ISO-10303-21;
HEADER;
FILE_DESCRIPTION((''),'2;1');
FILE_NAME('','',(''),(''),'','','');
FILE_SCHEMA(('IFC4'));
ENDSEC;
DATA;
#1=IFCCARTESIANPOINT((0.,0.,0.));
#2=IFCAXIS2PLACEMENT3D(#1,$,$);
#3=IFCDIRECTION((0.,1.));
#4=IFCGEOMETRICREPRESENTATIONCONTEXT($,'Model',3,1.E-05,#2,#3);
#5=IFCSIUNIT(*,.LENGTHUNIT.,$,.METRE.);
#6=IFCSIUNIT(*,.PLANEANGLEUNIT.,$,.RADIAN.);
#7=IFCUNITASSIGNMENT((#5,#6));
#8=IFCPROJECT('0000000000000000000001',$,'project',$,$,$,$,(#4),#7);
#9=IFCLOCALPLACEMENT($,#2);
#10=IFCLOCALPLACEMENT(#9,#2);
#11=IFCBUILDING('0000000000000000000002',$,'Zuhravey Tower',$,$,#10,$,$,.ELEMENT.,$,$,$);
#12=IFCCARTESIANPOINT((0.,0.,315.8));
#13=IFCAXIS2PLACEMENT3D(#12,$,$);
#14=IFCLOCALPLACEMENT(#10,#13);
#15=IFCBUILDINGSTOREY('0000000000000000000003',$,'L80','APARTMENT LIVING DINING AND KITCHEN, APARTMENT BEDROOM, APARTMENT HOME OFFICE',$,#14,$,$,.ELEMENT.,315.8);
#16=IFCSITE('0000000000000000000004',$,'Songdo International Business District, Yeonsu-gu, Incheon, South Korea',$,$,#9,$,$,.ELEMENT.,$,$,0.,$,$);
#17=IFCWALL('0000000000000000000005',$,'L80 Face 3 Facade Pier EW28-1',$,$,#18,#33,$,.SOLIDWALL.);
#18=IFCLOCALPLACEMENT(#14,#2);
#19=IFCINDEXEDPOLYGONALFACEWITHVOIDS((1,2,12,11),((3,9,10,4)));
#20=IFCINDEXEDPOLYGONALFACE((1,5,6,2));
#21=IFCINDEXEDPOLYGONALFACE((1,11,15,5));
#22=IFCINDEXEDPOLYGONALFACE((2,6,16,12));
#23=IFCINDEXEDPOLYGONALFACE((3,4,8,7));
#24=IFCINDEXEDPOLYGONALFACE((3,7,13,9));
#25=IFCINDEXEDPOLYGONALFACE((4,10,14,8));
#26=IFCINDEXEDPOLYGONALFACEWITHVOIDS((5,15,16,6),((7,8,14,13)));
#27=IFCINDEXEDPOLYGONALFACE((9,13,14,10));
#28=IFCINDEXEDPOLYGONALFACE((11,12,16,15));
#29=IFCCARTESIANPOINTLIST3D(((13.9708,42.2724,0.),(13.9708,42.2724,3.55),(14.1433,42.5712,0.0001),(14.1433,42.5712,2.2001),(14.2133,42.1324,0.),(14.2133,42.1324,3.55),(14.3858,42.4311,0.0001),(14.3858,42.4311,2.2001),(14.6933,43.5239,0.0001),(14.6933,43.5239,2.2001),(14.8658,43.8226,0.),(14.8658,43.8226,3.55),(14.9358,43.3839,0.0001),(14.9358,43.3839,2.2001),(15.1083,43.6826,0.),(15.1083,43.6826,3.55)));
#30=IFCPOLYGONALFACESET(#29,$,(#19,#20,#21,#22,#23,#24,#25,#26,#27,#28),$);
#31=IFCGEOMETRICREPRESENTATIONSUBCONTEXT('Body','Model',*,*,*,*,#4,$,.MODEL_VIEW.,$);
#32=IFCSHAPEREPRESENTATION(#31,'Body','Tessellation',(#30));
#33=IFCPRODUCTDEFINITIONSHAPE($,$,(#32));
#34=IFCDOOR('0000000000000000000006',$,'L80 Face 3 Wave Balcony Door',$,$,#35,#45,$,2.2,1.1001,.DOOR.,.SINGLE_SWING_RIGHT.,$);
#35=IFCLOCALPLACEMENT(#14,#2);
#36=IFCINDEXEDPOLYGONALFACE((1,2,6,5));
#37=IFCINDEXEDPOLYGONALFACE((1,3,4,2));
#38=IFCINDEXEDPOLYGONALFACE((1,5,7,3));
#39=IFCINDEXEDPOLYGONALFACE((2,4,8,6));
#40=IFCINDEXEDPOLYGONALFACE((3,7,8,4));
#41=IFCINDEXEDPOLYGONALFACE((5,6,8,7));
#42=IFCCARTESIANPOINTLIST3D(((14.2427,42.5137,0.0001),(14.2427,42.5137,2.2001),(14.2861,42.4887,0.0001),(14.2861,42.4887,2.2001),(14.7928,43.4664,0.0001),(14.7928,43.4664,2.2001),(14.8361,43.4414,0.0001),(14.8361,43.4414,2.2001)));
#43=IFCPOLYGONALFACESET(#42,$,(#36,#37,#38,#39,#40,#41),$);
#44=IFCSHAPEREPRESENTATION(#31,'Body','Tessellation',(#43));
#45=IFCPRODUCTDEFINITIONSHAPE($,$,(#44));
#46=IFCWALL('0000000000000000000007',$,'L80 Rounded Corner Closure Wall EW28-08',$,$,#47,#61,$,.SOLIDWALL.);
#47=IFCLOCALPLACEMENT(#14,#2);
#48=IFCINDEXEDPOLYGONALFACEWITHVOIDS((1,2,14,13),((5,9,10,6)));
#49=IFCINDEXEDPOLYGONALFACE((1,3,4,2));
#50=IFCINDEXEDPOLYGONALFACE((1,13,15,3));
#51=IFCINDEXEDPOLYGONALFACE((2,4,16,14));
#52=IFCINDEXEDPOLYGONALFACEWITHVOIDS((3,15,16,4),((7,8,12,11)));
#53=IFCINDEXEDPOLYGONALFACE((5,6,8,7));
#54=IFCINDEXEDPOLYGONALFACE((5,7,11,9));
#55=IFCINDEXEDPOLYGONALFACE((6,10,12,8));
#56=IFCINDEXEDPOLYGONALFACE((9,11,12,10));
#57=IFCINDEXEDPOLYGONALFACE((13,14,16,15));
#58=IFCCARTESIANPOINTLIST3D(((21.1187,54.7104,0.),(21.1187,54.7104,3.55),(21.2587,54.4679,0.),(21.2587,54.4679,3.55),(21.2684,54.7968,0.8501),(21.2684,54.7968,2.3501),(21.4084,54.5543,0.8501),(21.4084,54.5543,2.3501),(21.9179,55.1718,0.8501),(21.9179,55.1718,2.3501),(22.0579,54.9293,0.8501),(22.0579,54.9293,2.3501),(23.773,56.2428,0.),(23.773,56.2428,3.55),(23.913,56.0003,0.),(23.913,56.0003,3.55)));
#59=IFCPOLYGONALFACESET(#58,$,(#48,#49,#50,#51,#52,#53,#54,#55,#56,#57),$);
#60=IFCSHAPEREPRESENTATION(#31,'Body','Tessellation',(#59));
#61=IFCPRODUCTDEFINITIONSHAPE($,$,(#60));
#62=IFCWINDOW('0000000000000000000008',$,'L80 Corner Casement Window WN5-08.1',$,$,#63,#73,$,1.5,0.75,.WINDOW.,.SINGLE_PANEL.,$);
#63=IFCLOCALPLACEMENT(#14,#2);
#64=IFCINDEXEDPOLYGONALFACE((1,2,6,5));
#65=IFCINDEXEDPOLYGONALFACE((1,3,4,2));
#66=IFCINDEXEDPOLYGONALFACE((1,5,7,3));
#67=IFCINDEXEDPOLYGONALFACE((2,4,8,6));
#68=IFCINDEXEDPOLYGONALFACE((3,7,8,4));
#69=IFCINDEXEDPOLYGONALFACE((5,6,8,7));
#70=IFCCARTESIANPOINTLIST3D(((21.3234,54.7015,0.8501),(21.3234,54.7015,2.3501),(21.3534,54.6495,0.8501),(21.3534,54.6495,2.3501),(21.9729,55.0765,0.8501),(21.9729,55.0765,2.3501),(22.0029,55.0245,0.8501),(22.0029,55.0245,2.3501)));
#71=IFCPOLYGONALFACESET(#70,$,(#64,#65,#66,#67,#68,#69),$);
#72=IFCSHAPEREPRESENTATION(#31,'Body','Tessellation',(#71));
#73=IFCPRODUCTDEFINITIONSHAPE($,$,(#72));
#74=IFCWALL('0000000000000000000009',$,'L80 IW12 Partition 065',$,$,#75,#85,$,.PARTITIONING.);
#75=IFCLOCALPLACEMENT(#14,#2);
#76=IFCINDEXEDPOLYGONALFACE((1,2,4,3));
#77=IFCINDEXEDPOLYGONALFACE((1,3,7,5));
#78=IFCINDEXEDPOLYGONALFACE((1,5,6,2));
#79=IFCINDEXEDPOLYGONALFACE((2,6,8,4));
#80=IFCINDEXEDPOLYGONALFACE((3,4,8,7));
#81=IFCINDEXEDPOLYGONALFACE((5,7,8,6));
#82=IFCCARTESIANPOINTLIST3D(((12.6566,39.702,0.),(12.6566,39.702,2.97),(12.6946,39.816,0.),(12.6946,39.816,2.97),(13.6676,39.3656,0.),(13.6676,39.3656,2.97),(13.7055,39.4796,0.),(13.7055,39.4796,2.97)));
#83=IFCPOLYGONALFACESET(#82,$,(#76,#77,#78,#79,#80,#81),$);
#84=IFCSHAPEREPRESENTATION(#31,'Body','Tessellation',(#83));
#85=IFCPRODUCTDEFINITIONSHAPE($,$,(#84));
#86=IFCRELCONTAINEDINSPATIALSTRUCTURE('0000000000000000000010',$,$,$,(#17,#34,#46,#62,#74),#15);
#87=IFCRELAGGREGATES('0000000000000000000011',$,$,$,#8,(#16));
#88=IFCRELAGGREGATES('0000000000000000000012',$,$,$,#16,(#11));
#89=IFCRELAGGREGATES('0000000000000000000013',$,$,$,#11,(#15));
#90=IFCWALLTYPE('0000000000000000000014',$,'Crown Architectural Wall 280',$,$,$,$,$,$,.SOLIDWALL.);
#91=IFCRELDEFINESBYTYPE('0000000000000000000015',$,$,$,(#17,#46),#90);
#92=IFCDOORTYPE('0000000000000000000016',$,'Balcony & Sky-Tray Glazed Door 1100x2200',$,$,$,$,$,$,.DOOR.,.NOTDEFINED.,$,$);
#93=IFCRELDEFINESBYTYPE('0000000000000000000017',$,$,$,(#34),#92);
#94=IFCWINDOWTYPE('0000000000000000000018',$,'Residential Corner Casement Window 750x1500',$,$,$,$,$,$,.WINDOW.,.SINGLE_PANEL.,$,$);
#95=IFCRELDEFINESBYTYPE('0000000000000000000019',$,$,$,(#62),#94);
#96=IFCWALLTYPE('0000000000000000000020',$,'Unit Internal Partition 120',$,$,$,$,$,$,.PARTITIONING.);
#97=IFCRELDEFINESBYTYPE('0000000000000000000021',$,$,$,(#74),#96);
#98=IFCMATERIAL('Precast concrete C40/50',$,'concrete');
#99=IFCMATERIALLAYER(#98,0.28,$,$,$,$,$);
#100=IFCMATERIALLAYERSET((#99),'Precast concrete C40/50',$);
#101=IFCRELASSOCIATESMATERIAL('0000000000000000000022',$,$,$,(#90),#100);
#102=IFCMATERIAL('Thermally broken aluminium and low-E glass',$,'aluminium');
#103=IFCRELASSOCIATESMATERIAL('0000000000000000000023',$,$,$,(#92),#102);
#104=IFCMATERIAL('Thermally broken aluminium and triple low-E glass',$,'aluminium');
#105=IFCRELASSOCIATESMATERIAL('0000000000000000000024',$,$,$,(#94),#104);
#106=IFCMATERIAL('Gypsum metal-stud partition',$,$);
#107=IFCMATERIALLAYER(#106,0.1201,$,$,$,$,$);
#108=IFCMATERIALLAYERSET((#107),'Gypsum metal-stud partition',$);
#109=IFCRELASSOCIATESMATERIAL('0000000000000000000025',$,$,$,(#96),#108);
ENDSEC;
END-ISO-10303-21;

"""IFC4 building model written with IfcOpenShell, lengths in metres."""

from ifc_helpers import new_model, si_unit, direction, frame, frame_2d, origin, place, context, subcontext, project, spatial, rectangle, extrude, material, layer, layer_set, type_object, element, fill, save


model = new_model("IFC4")

# Units and contexts
model_context = context("Model", 3, precision=1e-05, world=origin(), true_north=direction((0.0, 1.0)))
body_context = subcontext(model_context, "Body", "Model", "MODEL_VIEW")
ifc_project = project(units=[si_unit("LENGTHUNIT", "METRE"), si_unit("PLANEANGLEUNIT", "RADIAN")], contexts=[model_context])

# Site, building, storey
site_placement = place(None, origin())
site = spatial("IfcSite", under=ifc_project, at=site_placement, Name="Songdo International Business District, Yeonsu-gu, Incheon, South Korea", CompositionType="ELEMENT", RefElevation=0.0)
building_placement = place(site_placement, origin())
building = spatial("IfcBuilding", under=site, at=building_placement, Name="Zuhravey Tower", CompositionType="ELEMENT")
storey_placement = place(building_placement, frame((0.0, 0.0, 315.8)))
storey = spatial("IfcBuildingStorey", under=building, at=storey_placement, Name="L80", Description="APARTMENT LIVING DINING AND KITCHEN, APARTMENT BEDROOM, APARTMENT HOME OFFICE", CompositionType="ELEMENT", Elevation=315.8)

# Wall, opening, door
ifc_material_1 = material(Name="Precast concrete C40/50", Category="concrete")
ifc_layer_1 = layer(ifc_material_1, 0.28)
ifc_layer_set_1 = layer_set([ifc_layer_1], Name="Precast concrete C40/50")
wall_type_1 = type_object("IfcWallType", Name="Crown Architectural Wall 280", PredefinedType="SOLIDWALL", material=ifc_layer_set_1)
wall_1_placement = place(storey_placement, frame((14.092, 42.2024, 0.0), z_axis=(0.0, 0.0, 1.0), x_axis=(0.499982, 0.866036, 0.0)))
wall_1 = element("IfcWall", 1, at=wall_1_placement, inside=storey, type_object=wall_type_1, Name="L80 Face 3 Facade Pier EW28-1", PredefinedType="SOLIDWALL", context=body_context, shape_type="SweptSolid", body=[
    extrude(rectangle(XDim=1.79, YDim=0.28, at=frame_2d((0.895, 0.0))), origin(), (0.0, 0.0, 1.0), 3.55),
])
opening_1_placement = place(wall_1_placement, frame((0.345, 0.0, 0.0)))
opening_1 = element("IfcOpeningElement", 2, at=opening_1_placement, cuts=wall_1, PredefinedType="OPENING", context=body_context, shape_type="SweptSolid", body=[
    extrude(rectangle(XDim=1.1001, YDim=2.2, at=frame_2d((0.55, 1.1001))), frame((0.0, 0.1521, 0.0), z_axis=(0.0, -1.0, 0.0), x_axis=(1.0, 0.0, 0.0)), (0.0, 0.0, 1.0), 0.304),
])
ifc_material_2 = material(Name="Thermally broken aluminium and low-E glass", Category="aluminium")
door_type = type_object("IfcDoorType", Name="Balcony & Sky-Tray Glazed Door 1100x2200", OperationType="NOTDEFINED", PredefinedType="DOOR", material=ifc_material_2)
door_placement = place(opening_1_placement, frame((1.1001, 0.0, 0.0), z_axis=(0.0, 0.0, 1.0), x_axis=(-1.0, 0.0, 0.0)))
door = element("IfcDoor", 3, at=door_placement, inside=storey, type_object=door_type, Name="L80 Face 3 Wave Balcony Door", OperationType="SINGLE_SWING_RIGHT", OverallHeight=2.2, OverallWidth=1.1001, PredefinedType="DOOR", context=body_context, shape_type="SweptSolid", body=[
    extrude(rectangle(XDim=1.1001, YDim=2.2, at=frame_2d((0.55, 1.1001))), frame((0.0, 0.0249, 0.0), z_axis=(0.0, -1.0, 0.0), x_axis=(1.0, 0.0, 0.0)), (0.0, 0.0, 1.0), 0.05),
])
fill(opening_1, door)

# Wall, opening, window
wall_2_placement = place(storey_placement, frame((21.1887, 54.5891, 0.0), z_axis=(0.0, 0.0, 1.0), x_axis=(0.866024, 0.500003, 0.0)))
wall_2 = element("IfcWall", 4, at=wall_2_placement, inside=storey, type_object=wall_type_1, Name="L80 Rounded Corner Closure Wall EW28-08", PredefinedType="SOLIDWALL", context=body_context, shape_type="SweptSolid", body=[
    extrude(rectangle(XDim=3.0649, YDim=0.28, at=frame_2d((1.5325, 0.0))), origin(), (0.0, 0.0, 1.0), 3.55),
])
opening_2_placement = place(wall_2_placement, frame((0.1729, 0.0, 0.8501)))
opening_2 = element("IfcOpeningElement", 5, at=opening_2_placement, cuts=wall_2, PredefinedType="OPENING", context=body_context, shape_type="SweptSolid", body=[
    extrude(rectangle(XDim=0.75, YDim=1.5, at=frame_2d((0.375, 0.75))), frame((0.0, 0.1521, 0.0), z_axis=(0.0, -1.0, 0.0), x_axis=(1.0, 0.0, 0.0)), (0.0, 0.0, 1.0), 0.304),
])
ifc_material_3 = material(Name="Thermally broken aluminium and triple low-E glass", Category="aluminium")
window_type = type_object("IfcWindowType", Name="Residential Corner Casement Window 750x1500", PartitioningType="SINGLE_PANEL", PredefinedType="WINDOW", material=ifc_material_3)
window_placement = place(opening_2_placement, origin())
window = element("IfcWindow", 6, at=window_placement, inside=storey, type_object=window_type, Name="L80 Corner Casement Window WN5-08.1", OverallHeight=1.5, OverallWidth=0.75, PartitioningType="SINGLE_PANEL", PredefinedType="WINDOW", context=body_context, shape_type="SweptSolid", body=[
    extrude(rectangle(XDim=0.75, YDim=1.5, at=frame_2d((0.375, 0.75))), frame((0.0, 0.03, 0.0), z_axis=(0.0, -1.0, 0.0), x_axis=(1.0, 0.0, 0.0)), (0.0, 0.0, 1.0), 0.0601),
])
fill(opening_2, window)

# Wall
ifc_material_4 = material(Name="Gypsum metal-stud partition")
ifc_layer_2 = layer(ifc_material_4, 0.1201)
ifc_layer_set_2 = layer_set([ifc_layer_2], Name="Gypsum metal-stud partition")
wall_type_2 = type_object("IfcWallType", Name="Unit Internal Partition 120", PredefinedType="PARTITIONING", material=ifc_layer_set_2)
wall_3_placement = place(storey_placement, frame((13.6865, 39.4226, 0.0), z_axis=(0.0, 0.0, 1.0), x_axis=(-0.948844, 0.315747, 0.0)))
element("IfcWall", 7, at=wall_3_placement, inside=storey, type_object=wall_type_2, Name="L80 IW12 Partition 065", PredefinedType="PARTITIONING", context=body_context, shape_type="SweptSolid", body=[
    extrude(rectangle(XDim=1.0654, YDim=0.1201, at=frame_2d((0.5327, 0.0))), origin(), (0.0, 0.0, 1.0), 2.97),
])

save(model, "model.ifc")
